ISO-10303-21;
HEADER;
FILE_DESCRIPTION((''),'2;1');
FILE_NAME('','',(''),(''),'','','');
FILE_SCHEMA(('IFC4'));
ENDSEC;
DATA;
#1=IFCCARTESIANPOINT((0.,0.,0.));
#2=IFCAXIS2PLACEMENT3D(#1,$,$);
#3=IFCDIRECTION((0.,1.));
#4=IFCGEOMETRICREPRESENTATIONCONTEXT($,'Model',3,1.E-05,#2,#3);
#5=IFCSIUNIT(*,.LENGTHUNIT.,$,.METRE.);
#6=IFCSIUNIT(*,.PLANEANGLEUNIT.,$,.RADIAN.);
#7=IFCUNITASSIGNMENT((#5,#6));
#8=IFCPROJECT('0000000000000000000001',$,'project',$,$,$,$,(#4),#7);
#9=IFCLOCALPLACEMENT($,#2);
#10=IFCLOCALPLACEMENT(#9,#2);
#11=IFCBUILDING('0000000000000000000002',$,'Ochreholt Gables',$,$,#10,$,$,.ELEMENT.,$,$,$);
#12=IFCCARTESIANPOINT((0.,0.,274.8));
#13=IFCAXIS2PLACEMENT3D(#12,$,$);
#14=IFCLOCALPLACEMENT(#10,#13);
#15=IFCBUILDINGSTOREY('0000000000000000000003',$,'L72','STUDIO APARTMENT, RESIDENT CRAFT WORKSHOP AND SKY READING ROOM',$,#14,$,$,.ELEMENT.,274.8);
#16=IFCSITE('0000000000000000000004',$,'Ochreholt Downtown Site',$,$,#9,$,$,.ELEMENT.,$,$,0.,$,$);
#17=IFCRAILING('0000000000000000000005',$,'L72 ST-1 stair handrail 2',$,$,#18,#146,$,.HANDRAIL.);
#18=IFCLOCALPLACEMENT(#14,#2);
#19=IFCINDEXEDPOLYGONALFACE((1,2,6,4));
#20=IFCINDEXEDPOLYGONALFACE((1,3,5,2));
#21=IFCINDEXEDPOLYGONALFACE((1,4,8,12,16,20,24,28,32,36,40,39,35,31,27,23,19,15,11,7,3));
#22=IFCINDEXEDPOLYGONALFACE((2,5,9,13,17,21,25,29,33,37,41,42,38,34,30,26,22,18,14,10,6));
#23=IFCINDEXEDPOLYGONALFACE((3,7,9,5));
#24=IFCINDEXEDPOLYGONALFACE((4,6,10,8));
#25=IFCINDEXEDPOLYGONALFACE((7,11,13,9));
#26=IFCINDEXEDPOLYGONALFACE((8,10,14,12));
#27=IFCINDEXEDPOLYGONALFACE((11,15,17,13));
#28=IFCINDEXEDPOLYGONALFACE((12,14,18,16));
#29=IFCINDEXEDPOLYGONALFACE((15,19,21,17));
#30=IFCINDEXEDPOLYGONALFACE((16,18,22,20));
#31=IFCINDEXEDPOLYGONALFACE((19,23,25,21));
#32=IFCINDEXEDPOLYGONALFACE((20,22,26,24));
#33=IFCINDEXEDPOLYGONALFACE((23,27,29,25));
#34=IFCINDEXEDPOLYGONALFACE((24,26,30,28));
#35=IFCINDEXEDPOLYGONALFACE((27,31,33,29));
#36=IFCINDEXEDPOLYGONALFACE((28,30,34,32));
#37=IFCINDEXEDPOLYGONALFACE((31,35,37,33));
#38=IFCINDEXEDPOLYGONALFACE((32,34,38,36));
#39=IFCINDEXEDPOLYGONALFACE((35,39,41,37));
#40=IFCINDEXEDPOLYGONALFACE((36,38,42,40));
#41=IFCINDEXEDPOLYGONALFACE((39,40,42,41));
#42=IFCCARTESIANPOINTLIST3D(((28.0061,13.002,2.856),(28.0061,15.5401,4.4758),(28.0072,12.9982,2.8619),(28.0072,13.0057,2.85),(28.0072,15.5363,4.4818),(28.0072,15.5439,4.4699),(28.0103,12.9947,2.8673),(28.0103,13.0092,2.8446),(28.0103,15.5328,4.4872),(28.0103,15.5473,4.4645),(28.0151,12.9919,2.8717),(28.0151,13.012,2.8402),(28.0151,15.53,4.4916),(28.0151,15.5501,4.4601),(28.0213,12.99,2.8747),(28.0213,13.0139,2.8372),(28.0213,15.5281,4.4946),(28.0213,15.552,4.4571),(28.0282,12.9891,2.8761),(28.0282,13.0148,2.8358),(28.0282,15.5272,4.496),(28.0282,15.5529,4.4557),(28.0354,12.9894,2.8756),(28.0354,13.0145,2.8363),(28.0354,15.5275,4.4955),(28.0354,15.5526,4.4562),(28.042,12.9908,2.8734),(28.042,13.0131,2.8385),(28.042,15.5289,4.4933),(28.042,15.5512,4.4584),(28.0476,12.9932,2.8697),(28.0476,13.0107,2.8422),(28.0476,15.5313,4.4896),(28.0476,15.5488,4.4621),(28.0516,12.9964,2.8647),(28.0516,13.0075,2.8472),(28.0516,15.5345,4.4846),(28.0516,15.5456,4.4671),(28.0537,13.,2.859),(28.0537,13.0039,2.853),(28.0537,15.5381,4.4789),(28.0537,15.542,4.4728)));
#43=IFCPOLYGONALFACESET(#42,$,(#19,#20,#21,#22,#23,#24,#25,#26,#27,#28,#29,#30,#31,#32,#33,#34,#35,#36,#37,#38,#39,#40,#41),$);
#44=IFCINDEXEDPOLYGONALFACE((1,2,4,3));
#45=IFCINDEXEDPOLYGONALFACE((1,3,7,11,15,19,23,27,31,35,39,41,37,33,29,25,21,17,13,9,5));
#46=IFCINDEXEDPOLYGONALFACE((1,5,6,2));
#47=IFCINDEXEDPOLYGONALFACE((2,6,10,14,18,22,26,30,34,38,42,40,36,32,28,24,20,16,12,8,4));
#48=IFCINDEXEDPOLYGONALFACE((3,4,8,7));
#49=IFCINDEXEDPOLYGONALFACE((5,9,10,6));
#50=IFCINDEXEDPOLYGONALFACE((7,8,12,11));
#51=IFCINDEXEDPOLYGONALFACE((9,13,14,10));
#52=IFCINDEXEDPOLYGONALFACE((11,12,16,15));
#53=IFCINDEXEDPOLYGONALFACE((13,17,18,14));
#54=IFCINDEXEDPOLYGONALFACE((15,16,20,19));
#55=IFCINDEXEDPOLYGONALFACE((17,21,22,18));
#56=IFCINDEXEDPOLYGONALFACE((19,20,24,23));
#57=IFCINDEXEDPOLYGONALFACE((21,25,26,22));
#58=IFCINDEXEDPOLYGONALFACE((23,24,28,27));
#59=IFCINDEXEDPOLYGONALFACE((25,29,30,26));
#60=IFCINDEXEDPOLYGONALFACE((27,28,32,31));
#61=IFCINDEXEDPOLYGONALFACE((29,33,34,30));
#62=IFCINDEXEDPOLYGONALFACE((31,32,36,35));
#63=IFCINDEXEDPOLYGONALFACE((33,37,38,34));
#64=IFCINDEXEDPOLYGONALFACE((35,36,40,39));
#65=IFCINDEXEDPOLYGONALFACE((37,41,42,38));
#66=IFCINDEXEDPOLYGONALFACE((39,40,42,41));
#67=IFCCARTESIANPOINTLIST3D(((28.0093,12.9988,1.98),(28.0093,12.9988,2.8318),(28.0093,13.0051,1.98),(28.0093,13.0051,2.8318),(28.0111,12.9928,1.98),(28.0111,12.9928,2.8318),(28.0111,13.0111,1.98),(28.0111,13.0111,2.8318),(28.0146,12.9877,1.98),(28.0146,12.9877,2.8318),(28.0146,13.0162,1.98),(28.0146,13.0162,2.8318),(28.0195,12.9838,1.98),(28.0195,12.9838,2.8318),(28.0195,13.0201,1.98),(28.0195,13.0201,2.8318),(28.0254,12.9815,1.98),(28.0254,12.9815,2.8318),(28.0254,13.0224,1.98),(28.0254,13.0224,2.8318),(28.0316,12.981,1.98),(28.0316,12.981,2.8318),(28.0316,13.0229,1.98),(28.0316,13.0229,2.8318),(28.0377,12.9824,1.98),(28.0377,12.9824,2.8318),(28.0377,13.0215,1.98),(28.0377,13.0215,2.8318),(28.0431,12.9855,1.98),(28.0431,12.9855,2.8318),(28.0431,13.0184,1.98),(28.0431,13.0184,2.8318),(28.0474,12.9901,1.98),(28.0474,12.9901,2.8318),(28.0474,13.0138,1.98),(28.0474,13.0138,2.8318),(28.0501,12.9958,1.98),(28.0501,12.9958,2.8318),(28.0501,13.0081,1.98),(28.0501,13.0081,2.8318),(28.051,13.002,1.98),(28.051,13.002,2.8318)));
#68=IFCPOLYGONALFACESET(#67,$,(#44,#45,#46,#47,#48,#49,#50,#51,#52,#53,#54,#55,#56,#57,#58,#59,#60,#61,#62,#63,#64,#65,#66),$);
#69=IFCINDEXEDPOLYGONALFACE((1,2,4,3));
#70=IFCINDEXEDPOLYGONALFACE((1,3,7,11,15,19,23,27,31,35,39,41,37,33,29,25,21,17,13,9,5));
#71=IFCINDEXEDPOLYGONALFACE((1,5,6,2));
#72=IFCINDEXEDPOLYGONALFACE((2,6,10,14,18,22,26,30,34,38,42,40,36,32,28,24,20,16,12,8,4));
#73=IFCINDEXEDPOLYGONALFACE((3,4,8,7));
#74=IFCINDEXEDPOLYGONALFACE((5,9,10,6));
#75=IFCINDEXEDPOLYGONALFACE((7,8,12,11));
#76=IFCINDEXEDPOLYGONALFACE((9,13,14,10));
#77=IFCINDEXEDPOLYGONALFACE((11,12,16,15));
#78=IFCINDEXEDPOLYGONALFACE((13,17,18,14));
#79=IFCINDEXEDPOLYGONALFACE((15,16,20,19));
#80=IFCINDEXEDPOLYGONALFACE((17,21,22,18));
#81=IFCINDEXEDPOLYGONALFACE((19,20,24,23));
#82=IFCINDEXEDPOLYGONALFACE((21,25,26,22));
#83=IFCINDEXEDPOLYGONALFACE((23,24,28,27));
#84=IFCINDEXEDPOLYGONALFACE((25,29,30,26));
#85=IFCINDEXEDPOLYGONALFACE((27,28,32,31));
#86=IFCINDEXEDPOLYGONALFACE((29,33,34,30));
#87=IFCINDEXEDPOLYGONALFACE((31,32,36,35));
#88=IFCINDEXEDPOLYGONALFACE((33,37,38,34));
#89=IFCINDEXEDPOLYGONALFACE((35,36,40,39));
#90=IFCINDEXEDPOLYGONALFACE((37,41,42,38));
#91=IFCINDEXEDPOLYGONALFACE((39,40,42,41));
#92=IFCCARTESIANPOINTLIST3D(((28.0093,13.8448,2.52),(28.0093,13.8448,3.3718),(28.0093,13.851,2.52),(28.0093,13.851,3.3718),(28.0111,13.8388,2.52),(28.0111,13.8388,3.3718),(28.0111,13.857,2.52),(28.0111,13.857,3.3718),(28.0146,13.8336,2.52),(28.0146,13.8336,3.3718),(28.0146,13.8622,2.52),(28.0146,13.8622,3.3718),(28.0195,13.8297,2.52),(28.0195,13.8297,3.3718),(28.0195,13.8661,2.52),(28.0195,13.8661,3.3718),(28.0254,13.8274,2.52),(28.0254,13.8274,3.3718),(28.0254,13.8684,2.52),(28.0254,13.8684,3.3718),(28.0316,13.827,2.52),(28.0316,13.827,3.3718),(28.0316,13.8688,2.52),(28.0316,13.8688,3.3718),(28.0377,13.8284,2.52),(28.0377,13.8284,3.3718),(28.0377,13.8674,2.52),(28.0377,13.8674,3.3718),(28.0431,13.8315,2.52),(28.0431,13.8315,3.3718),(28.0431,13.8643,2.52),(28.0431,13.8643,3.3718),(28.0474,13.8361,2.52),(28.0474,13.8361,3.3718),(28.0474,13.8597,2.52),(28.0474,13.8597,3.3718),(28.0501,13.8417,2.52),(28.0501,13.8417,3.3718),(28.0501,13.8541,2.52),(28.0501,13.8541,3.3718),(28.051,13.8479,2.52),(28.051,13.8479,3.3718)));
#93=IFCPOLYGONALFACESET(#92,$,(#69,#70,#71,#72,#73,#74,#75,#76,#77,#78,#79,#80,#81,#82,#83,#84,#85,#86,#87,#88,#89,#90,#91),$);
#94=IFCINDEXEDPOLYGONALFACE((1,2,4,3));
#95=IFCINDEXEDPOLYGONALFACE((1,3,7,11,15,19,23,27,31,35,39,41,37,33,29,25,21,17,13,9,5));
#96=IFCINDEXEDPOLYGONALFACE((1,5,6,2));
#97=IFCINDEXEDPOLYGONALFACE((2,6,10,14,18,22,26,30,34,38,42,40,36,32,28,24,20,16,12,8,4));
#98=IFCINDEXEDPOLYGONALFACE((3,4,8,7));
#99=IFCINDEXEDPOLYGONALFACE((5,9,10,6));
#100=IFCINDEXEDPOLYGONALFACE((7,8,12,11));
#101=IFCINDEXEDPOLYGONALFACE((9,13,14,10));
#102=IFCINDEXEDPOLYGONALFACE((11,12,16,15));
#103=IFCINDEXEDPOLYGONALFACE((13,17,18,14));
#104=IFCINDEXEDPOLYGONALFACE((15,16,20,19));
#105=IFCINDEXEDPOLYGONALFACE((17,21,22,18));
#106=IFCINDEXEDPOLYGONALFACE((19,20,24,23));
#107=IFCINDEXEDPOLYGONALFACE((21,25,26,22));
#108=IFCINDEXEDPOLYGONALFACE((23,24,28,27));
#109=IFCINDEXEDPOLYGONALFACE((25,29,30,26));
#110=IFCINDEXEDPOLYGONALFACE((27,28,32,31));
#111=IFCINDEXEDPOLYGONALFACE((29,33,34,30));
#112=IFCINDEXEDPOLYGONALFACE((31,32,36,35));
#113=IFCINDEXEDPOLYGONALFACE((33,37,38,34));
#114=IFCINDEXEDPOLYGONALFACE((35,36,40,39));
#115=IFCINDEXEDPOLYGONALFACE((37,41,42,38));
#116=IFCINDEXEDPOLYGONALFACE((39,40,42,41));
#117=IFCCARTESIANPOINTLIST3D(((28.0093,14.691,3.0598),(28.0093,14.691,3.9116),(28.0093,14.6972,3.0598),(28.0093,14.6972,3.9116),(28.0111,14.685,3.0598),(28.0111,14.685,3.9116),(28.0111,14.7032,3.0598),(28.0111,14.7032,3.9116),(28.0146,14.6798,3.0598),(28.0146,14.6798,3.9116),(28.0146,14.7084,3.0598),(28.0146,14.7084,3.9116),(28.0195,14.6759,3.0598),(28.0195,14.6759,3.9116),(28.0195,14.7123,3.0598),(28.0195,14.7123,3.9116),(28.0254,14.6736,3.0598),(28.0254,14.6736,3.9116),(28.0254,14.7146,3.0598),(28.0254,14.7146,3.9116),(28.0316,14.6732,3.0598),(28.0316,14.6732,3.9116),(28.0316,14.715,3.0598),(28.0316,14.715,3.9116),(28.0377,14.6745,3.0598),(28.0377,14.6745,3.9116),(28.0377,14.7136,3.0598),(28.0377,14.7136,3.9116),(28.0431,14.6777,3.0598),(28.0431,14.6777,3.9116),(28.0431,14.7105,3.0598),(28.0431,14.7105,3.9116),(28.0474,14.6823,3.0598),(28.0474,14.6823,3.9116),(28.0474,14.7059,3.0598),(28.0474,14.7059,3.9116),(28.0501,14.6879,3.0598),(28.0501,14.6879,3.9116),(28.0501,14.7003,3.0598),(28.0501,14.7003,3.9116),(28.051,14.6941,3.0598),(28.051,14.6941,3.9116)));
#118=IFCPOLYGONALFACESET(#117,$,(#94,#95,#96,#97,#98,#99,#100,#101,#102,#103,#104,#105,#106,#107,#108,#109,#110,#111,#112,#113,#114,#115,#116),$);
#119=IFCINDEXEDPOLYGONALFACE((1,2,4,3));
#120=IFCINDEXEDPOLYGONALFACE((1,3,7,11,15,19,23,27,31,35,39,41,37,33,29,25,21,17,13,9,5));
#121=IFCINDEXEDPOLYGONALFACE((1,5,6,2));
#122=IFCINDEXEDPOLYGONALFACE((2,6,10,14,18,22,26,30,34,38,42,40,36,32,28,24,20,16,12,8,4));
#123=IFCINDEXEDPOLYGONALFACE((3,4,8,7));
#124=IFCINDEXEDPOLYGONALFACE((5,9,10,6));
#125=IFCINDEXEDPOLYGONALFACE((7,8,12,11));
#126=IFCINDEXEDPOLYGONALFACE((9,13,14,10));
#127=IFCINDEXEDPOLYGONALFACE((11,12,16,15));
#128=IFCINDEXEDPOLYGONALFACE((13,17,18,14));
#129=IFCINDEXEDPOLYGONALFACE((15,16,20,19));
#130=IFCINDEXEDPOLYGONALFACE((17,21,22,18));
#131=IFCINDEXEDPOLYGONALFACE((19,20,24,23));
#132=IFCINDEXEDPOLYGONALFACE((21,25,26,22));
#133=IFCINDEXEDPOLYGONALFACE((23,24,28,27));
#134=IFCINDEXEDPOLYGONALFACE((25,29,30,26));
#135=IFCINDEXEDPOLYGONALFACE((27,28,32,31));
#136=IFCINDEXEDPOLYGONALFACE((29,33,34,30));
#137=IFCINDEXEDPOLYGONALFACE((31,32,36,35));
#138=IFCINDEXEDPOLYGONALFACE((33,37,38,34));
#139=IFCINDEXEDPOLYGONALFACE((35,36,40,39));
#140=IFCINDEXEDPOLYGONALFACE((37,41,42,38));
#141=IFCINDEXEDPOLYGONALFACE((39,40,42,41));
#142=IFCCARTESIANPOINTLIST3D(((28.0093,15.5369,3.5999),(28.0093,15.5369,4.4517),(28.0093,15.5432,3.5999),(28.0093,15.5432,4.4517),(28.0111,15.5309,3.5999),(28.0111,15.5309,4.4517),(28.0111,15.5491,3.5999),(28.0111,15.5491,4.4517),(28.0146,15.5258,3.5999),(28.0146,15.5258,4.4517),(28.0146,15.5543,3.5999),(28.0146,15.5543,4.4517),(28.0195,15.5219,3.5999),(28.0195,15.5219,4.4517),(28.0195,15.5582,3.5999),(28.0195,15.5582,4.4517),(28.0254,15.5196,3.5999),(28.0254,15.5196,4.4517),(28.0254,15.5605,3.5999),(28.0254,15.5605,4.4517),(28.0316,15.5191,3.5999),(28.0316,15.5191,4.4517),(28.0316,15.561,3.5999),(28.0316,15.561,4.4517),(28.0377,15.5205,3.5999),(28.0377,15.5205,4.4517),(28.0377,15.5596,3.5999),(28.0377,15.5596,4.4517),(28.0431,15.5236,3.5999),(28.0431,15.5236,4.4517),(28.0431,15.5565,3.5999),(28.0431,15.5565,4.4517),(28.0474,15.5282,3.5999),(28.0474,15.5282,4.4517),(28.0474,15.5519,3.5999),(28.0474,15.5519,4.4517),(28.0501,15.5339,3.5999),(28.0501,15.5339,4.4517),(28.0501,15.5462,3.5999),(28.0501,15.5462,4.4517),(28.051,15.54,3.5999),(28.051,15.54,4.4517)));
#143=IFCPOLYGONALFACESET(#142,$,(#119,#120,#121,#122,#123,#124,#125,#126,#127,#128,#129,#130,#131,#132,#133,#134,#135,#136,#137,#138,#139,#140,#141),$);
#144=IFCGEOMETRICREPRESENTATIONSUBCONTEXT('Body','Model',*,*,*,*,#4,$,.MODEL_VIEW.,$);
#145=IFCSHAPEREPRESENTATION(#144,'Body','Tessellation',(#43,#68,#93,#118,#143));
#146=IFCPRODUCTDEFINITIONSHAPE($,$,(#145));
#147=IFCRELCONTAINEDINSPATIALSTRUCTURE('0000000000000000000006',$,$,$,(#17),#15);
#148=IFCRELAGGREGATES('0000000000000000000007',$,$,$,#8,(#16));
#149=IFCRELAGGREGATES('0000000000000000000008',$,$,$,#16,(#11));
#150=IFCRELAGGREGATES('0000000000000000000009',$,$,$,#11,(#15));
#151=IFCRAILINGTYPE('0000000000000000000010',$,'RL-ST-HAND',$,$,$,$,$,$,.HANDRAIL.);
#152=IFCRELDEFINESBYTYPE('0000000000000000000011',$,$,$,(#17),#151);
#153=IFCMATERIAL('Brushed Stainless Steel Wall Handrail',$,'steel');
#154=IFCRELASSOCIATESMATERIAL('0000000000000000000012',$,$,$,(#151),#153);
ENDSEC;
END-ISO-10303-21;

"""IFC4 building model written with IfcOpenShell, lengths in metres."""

from ifc_helpers import new_model, si_unit, direction, frame, origin, origin_2d, place, context, subcontext, project, spatial, circle, extrude, material, type_object, element, save


model = new_model("IFC4")

# Units and contexts
model_context = context("Model", 3, precision=1e-05, world=origin(), true_north=direction((0.0, 1.0)))
body_context = subcontext(model_context, "Body", "Model", "MODEL_VIEW")
ifc_project = project(units=[si_unit("LENGTHUNIT", "METRE"), si_unit("PLANEANGLEUNIT", "RADIAN")], contexts=[model_context])

# Site, building, storey
site_placement = place(None, origin())
site = spatial("IfcSite", under=ifc_project, at=site_placement, Name="Ochreholt Downtown Site", CompositionType="ELEMENT", RefElevation=0.0)
building_placement = place(site_placement, origin())
building = spatial("IfcBuilding", under=site, at=building_placement, Name="Ochreholt Gables", CompositionType="ELEMENT")
storey_placement = place(building_placement, frame((0.0, 0.0, 274.8)))
storey = spatial("IfcBuildingStorey", under=building, at=storey_placement, Name="L72", Description="STUDIO APARTMENT, RESIDENT CRAFT WORKSHOP AND SKY READING ROOM", CompositionType="ELEMENT", Elevation=274.8)

# Railing
ifc_material_1 = material(Name="Brushed Stainless Steel Wall Handrail", Category="steel")
railing_type_1 = type_object("IfcRailingType", Name="RL-ST-HAND", PredefinedType="HANDRAIL", material=ifc_material_1)
railing_1_placement = place(storey_placement, frame((28.03, 13.002, 1.98)))
element("IfcRailing", 1, at=railing_1_placement, inside=storey, type_object=railing_type_1, Name="L72 ST-1 stair handrail 2", PredefinedType="HANDRAIL", context=body_context, shape_type="SweptSolid", body=[
    extrude(circle(Radius=0.0239, at=origin_2d()), frame((0.0, 0.0, 0.876), z_axis=(0.0, 0.84295, 0.537993), x_axis=(-1.0, 0.0, 0.0)), (0.0, 0.0, 1.0), 3.011),
    extrude(circle(Radius=0.021, at=origin_2d()), origin(), (0.0, 0.0, 1.0), 0.8518),
    extrude(circle(Radius=0.021, at=origin_2d()), frame((0.0, 0.8459, 0.54)), (0.0, 0.0, 1.0), 0.8518),
    extrude(circle(Radius=0.021, at=origin_2d()), frame((0.0, 1.6921, 1.0798)), (0.0, 0.0, 1.0), 0.8518),
    extrude(circle(Radius=0.021, at=origin_2d()), frame((0.0, 2.5381, 1.6199)), (0.0, 0.0, 1.0), 0.8518),
])

save(model, "model.ifc")
